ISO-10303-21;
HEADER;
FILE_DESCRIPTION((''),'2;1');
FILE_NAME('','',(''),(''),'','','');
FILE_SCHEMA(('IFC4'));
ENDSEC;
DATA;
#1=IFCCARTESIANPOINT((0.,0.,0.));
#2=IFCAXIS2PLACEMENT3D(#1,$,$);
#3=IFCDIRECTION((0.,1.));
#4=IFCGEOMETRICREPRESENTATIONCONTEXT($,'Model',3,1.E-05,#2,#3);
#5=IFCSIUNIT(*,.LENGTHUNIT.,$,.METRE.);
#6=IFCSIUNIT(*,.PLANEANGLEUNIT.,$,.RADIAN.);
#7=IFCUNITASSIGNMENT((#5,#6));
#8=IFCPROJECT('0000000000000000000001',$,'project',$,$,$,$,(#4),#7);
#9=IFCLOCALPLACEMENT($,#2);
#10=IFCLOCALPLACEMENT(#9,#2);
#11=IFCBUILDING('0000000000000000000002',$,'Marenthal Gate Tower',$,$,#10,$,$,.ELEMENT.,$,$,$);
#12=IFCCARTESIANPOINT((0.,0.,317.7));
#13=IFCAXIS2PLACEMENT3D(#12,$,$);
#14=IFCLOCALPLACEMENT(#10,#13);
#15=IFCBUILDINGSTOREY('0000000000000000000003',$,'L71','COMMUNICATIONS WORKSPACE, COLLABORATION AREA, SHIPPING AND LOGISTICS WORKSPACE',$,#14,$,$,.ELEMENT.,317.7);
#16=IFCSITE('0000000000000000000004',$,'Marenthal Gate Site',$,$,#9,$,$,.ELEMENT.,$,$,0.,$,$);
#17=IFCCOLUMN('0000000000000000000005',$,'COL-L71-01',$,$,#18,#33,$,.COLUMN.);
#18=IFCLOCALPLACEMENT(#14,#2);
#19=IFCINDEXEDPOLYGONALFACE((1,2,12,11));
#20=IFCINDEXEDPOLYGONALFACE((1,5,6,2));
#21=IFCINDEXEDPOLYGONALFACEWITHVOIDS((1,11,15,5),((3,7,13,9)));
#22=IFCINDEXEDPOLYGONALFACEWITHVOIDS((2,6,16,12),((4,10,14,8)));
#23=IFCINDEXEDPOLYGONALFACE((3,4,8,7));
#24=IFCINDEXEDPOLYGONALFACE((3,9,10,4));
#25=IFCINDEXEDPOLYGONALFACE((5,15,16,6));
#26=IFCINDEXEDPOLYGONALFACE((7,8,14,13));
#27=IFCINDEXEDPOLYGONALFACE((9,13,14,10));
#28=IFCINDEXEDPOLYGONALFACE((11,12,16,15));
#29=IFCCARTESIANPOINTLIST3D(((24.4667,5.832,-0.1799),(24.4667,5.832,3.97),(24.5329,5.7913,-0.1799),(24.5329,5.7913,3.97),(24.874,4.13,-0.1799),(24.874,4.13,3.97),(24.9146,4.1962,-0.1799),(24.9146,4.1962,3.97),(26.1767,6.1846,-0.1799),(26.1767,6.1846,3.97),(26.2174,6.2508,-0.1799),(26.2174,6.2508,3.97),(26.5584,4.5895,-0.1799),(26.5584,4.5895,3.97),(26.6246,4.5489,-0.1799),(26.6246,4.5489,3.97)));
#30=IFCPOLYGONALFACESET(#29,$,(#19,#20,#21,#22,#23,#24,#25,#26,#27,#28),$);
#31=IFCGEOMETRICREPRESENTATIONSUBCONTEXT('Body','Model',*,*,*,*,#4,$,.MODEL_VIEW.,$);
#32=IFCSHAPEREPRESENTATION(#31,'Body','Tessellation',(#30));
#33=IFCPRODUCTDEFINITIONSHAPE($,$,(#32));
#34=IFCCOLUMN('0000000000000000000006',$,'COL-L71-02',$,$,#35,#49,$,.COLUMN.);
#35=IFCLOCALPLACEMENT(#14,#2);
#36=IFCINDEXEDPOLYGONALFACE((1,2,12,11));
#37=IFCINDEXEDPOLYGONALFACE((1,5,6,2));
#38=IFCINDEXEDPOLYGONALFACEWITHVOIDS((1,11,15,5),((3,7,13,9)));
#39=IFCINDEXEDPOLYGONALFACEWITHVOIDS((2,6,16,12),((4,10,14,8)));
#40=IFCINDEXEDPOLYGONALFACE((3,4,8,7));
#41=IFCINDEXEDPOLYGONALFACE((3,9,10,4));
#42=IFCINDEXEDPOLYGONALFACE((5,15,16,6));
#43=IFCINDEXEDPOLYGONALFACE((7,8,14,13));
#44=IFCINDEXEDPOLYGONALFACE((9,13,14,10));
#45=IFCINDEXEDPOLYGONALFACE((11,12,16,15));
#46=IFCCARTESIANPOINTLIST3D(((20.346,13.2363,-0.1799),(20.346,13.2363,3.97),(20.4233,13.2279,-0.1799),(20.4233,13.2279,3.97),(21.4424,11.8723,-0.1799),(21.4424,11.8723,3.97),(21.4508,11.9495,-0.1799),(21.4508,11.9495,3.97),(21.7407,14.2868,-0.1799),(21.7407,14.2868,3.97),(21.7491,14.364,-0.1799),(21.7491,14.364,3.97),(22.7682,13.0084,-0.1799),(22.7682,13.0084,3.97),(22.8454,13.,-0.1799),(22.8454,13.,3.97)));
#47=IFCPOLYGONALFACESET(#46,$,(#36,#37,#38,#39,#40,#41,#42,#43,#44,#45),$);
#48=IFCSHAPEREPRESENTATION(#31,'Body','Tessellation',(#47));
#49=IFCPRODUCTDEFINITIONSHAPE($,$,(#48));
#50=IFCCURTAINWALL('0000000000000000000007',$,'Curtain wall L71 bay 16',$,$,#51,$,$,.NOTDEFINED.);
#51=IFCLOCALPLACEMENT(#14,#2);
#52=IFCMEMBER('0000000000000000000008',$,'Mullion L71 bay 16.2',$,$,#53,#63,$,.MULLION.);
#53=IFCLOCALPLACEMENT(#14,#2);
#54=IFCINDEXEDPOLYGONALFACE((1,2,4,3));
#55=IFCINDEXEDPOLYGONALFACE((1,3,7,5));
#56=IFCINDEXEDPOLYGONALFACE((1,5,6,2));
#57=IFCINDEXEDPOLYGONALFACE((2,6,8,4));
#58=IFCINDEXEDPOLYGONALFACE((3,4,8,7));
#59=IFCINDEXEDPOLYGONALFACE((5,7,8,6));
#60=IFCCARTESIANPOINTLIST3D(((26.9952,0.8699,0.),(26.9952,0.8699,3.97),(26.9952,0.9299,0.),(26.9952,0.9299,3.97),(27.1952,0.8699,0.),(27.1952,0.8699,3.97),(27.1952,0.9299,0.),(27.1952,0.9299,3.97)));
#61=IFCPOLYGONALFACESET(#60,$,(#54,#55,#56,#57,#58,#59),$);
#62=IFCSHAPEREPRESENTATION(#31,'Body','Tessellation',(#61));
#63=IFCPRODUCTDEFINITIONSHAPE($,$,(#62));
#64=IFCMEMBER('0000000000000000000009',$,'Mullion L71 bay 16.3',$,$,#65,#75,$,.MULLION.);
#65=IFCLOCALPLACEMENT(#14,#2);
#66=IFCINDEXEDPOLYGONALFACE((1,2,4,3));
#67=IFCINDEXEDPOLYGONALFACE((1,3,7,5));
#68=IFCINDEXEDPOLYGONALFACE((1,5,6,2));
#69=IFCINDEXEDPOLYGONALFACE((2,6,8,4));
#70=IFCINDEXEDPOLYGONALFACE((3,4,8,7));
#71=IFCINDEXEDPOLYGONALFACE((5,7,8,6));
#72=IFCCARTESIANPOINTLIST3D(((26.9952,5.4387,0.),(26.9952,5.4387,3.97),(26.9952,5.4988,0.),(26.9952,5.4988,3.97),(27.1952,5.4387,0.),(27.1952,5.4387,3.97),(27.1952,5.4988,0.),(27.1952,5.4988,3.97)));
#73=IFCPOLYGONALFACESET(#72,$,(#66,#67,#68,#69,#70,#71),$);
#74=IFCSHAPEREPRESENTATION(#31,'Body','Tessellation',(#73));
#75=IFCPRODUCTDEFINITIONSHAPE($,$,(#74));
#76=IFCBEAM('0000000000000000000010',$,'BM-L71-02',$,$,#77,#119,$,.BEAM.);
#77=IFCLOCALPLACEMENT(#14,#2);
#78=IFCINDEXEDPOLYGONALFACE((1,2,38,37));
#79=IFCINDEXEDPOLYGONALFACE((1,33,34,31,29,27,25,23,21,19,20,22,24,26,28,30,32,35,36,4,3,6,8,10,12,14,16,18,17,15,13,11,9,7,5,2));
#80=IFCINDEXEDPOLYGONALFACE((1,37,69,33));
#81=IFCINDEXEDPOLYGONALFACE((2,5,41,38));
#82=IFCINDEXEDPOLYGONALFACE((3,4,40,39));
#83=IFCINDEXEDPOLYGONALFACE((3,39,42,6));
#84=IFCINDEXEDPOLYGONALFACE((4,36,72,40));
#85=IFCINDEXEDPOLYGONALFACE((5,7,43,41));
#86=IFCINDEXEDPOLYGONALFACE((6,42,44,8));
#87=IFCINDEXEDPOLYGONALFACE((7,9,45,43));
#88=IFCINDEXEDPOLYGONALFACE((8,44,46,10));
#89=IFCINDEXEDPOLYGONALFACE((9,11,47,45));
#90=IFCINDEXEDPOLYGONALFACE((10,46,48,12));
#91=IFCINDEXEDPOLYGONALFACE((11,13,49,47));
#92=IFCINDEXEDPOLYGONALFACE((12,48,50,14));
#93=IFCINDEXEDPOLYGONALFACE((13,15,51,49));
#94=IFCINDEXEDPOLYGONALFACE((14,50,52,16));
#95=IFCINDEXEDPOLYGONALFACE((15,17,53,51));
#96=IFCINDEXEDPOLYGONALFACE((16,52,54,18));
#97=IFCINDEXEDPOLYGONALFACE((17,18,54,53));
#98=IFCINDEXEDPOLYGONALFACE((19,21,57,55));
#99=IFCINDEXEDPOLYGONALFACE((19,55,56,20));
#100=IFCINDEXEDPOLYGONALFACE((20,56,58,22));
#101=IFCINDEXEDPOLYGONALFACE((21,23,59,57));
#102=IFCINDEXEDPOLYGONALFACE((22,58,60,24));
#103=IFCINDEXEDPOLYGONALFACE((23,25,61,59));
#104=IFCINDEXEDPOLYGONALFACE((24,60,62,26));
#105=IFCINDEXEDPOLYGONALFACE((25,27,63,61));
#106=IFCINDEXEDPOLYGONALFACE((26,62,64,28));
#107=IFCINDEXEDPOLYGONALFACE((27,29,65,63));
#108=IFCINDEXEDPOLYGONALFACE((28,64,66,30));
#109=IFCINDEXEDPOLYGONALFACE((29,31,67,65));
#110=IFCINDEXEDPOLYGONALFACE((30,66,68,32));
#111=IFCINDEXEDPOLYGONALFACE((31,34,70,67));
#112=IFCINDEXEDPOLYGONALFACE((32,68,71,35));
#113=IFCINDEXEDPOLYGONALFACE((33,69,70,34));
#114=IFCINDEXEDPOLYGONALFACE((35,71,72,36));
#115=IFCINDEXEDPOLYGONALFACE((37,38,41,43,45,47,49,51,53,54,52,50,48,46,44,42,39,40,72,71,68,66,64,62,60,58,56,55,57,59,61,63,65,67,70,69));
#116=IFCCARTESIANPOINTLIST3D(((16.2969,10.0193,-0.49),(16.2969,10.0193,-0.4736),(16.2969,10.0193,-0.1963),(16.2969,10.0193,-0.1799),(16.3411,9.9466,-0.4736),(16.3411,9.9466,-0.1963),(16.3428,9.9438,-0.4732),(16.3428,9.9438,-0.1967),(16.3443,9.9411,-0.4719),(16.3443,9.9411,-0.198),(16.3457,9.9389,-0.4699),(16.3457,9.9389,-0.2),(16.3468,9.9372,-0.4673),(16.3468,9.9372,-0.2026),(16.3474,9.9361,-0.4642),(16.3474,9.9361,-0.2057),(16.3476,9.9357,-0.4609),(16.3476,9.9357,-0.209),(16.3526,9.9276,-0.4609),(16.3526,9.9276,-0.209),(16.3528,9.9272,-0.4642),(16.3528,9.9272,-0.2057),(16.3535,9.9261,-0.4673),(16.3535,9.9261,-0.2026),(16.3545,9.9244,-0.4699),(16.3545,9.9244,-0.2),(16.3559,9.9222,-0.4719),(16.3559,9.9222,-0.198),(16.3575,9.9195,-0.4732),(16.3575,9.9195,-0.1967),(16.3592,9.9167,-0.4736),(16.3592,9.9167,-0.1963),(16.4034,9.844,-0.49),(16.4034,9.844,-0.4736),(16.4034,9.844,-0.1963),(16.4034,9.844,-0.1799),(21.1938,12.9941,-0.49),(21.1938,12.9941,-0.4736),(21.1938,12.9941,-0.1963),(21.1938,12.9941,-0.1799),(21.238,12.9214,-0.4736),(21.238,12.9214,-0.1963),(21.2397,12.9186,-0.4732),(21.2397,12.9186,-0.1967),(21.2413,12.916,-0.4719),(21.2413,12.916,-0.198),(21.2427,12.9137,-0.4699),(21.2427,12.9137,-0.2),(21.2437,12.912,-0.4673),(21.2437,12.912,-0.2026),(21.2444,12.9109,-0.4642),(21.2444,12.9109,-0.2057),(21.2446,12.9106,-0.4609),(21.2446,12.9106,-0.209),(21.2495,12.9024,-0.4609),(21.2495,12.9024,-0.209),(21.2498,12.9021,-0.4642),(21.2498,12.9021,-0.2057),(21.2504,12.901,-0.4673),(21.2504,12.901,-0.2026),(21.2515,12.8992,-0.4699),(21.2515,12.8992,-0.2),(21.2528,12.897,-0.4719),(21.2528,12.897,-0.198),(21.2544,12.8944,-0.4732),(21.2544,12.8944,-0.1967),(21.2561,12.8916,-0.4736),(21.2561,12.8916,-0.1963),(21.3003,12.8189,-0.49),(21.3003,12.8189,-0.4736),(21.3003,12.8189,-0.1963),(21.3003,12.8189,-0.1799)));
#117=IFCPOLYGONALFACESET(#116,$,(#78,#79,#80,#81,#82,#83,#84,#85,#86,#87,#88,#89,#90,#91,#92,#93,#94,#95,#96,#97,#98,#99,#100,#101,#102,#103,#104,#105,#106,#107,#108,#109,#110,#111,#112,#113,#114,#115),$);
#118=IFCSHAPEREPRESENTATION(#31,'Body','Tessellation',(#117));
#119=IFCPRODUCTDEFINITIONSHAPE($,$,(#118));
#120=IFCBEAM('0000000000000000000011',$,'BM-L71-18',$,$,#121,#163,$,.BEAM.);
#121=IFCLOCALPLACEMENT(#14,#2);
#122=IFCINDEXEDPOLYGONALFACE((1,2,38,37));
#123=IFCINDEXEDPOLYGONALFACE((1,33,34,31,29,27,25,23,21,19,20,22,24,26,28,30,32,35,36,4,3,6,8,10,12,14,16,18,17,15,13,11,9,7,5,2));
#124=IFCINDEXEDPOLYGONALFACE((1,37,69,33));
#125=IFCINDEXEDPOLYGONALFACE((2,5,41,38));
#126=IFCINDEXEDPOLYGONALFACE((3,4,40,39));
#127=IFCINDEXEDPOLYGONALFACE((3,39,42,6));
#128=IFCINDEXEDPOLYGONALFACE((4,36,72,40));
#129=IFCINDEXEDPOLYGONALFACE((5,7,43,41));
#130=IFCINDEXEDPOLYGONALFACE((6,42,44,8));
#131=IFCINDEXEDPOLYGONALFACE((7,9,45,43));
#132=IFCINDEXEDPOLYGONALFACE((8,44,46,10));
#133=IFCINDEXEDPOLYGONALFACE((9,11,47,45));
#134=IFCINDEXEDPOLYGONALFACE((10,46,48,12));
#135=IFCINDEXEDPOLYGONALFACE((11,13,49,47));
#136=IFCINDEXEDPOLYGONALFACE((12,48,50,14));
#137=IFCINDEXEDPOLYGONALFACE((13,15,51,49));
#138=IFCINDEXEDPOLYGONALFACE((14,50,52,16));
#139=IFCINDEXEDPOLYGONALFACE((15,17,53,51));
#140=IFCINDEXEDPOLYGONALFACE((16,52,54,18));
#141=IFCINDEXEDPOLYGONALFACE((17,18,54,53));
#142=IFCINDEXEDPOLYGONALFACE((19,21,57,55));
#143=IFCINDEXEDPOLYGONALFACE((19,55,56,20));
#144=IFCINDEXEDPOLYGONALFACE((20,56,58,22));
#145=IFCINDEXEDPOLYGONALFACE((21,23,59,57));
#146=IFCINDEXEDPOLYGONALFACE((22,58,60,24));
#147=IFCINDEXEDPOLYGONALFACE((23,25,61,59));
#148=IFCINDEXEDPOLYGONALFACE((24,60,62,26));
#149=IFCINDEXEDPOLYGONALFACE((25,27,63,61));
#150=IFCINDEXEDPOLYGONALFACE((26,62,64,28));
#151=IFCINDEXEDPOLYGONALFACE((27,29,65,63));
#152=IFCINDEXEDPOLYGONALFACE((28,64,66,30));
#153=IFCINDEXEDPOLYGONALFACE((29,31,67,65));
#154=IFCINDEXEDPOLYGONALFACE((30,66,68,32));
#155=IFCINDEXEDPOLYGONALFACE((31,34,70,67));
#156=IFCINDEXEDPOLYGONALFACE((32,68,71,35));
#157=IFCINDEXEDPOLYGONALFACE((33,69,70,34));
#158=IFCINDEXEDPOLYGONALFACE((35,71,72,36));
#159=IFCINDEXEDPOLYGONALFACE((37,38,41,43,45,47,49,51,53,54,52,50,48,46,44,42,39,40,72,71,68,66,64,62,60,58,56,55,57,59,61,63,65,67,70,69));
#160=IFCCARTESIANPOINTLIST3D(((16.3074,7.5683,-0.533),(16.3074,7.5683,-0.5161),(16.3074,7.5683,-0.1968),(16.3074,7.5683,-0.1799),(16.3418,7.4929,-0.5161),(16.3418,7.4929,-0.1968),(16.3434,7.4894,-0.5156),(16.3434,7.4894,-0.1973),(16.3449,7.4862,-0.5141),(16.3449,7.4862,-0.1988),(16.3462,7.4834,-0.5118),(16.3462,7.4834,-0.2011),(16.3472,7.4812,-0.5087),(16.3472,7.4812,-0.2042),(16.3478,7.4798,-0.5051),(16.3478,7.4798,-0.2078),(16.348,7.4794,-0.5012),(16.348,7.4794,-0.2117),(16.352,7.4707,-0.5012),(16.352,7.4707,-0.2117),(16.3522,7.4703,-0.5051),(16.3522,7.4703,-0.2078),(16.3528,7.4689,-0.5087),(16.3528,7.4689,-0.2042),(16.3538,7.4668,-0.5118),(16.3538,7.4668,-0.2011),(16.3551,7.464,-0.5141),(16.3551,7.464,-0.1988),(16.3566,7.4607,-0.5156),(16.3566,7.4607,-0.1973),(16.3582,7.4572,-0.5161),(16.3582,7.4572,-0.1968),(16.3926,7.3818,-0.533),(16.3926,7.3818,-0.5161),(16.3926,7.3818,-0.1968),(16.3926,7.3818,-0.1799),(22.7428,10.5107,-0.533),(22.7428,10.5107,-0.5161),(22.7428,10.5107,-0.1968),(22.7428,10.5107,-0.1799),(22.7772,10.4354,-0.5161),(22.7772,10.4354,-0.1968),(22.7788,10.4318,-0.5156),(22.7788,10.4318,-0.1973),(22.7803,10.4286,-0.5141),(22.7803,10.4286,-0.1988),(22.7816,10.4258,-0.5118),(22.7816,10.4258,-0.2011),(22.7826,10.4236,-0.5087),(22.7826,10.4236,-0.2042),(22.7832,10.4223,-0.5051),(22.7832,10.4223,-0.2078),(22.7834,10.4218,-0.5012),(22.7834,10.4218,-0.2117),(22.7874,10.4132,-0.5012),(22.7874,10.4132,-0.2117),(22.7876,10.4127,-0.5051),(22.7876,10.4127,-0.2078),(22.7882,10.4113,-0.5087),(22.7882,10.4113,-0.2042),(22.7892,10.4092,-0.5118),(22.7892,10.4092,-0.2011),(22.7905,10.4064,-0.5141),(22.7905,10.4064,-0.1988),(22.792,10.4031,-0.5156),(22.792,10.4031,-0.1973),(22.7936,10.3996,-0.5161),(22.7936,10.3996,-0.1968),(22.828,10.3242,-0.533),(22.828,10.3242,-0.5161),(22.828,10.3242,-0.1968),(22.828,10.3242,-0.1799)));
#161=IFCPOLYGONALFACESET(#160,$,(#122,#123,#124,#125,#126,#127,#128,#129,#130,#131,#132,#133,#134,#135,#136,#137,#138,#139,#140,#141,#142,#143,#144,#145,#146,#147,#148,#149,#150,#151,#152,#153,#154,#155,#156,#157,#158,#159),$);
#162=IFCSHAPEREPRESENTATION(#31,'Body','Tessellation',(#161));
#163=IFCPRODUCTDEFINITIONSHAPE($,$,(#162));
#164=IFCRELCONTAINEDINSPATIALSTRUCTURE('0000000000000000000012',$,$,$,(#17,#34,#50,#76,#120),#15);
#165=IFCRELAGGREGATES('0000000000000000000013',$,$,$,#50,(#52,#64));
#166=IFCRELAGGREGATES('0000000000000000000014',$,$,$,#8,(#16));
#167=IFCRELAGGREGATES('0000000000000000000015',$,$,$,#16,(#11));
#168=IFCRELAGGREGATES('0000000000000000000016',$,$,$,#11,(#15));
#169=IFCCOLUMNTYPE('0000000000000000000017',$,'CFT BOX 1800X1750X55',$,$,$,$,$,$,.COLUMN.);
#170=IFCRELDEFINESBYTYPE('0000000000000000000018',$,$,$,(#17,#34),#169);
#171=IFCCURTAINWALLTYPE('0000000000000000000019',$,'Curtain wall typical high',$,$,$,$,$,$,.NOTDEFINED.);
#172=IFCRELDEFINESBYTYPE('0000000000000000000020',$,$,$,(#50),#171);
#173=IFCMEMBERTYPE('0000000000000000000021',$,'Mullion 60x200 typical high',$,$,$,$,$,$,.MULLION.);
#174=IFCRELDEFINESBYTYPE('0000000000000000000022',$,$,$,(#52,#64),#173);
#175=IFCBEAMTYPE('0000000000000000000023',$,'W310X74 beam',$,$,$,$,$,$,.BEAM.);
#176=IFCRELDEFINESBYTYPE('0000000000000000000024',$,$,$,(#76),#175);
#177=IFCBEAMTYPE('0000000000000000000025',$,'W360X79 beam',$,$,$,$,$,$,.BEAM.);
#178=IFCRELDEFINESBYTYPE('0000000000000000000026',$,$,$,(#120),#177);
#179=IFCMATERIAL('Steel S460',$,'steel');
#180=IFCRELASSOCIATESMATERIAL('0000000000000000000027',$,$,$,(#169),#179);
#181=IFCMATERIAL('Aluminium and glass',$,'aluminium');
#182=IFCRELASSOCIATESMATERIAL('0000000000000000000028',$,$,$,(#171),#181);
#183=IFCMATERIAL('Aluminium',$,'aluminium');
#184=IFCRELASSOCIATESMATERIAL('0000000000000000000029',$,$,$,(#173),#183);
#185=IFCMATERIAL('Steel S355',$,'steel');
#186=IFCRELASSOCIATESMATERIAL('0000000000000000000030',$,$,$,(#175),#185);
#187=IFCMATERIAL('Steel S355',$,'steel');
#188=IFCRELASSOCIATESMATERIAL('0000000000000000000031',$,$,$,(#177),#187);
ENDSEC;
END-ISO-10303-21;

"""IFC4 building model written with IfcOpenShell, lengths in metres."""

from ifc_helpers import new_model, si_unit, direction, frame, origin, origin_2d, place, context, subcontext, project, spatial, rectangle, hollow_rectangle, i_section, extrude, material, material_profile, profile_set, type_object, element, aggregate, save


model = new_model("IFC4")

# Units and contexts
model_context = context("Model", 3, precision=1e-05, world=origin(), true_north=direction((0.0, 1.0)))
body_context = subcontext(model_context, "Body", "Model", "MODEL_VIEW")
ifc_project = project(units=[si_unit("LENGTHUNIT", "METRE"), si_unit("PLANEANGLEUNIT", "RADIAN")], contexts=[model_context])

# Site, building, storey
site_placement = place(None, origin())
site = spatial("IfcSite", under=ifc_project, at=site_placement, Name="Marenthal Gate Site", CompositionType="ELEMENT", RefElevation=0.0)
building_placement = place(site_placement, origin())
building = spatial("IfcBuilding", under=site, at=building_placement, Name="Marenthal Gate Tower", CompositionType="ELEMENT")
storey_placement = place(building_placement, frame((0.0, 0.0, 317.7)))
storey = spatial("IfcBuildingStorey", under=building, at=storey_placement, Name="L71", Description="COMMUNICATIONS WORKSPACE, COLLABORATION AREA, SHIPPING AND LOGISTICS WORKSPACE", CompositionType="ELEMENT", Elevation=317.7)

# Columns
ifc_material_1 = material(Name="Steel S460", Category="steel")
ifc_material_profile_1 = material_profile(ifc_material_1, hollow_rectangle(XDim=1.75, YDim=1.8, WallThickness=0.0549, at=origin_2d()), Name="CFT BOX 1800X1750X55")
ifc_material_2 = material(Name="Concrete 70 MPa", Category="concrete")
ifc_material_profile_2 = material_profile(ifc_material_2, rectangle(XDim=1.6399, YDim=1.6899, at=origin_2d()), Name="CFT BOX 1800X1750X55 INFILL")
ifc_profile_set_1 = profile_set([ifc_material_profile_1, ifc_material_profile_2], Name="Steel S460 shell, Concrete 70 MPa infill")
column_type = type_object("IfcColumnType", Name="CFT BOX 1800X1750X55", PredefinedType="COLUMN", material=ifc_profile_set_1)
for number, where, z_axis, x_axis, name in (
    (1, (25.5457, 5.1904, -0.1799), (0.0, 0.0, 1.0), (0.232702, -0.972548, 0.0), "COL-L71-01"),
    (2, (21.5957, 13.1182, -0.1799), (0.0, 0.0, 1.0), (0.626475, -0.779442, 0.0), "COL-L71-02"),
):
    element("IfcColumn", number, at=place(storey_placement, frame(where, z_axis=z_axis, x_axis=x_axis)), inside=storey, type_object=column_type, Name=name, PredefinedType="COLUMN", context=body_context, shape_type="SweptSolid", body=[
        extrude(hollow_rectangle(XDim=1.75, YDim=1.8, WallThickness=0.0549, at=origin_2d()), origin(), (0.0, 0.0, 1.0), 4.1499),
    ])

# Curtain wall, members
ifc_material_3 = material(Name="Aluminium and glass", Category="aluminium")
curtain_wall_type = type_object("IfcCurtainWallType", Name="Curtain wall typical high", PredefinedType="NOTDEFINED", material=ifc_material_3)
curtain_wall_placement = place(storey_placement, origin())
curtain_wall = element("IfcCurtainWall", 3, at=curtain_wall_placement, inside=storey, type_object=curtain_wall_type, Name="Curtain wall L71 bay 16", PredefinedType="NOTDEFINED")
ifc_material_4 = material(Name="Aluminium", Category="aluminium")
ifc_material_profile_3 = material_profile(ifc_material_4, rectangle(XDim=0.2, YDim=0.0601, at=origin_2d()), Name="60x200 aluminium mullion")
ifc_profile_set_2 = profile_set([ifc_material_profile_3], Name="Aluminium")
member_type = type_object("IfcMemberType", Name="Mullion 60x200 typical high", PredefinedType="MULLION", material=ifc_profile_set_2)
member_1_placement = place(storey_placement, frame((27.0952, 0.8999, 0.0), z_axis=(0.0, 0.0, 1.0), x_axis=(-1.0, 0.0, 0.0)))
member_1 = element("IfcMember", 4, at=member_1_placement, type_object=member_type, Name="Mullion L71 bay 16.2", PredefinedType="MULLION", context=body_context, shape_type="SweptSolid", body=[
    extrude(rectangle(XDim=0.2, YDim=0.0601, at=origin_2d()), origin(), (0.0, 0.0, 1.0), 3.97),
])
member_2_placement = place(storey_placement, frame((27.0952, 5.4688, 0.0), z_axis=(0.0, 0.0, 1.0), x_axis=(-1.0, 0.0, 0.0)))
member_2 = element("IfcMember", 5, at=member_2_placement, type_object=member_type, Name="Mullion L71 bay 16.3", PredefinedType="MULLION", context=body_context, shape_type="SweptSolid", body=[
    extrude(rectangle(XDim=0.2, YDim=0.0601, at=origin_2d()), origin(), (0.0, 0.0, 1.0), 3.97),
])

# Beams
ifc_material_5 = material(Name="Steel S355", Category="steel")
ifc_material_profile_4 = material_profile(ifc_material_5, i_section(OverallWidth=0.2051, OverallDepth=0.3101, WebThickness=0.0095, FlangeThickness=0.0164, FilletRadius=0.0127, at=origin_2d()), Name="W310X74")
ifc_profile_set_3 = profile_set([ifc_material_profile_4], Name="Steel S355")
beam_type_1 = type_object("IfcBeamType", Name="W310X74 beam", PredefinedType="BEAM", material=ifc_profile_set_3)
beam_1_placement = place(storey_placement, frame((21.2471, 12.9065, -0.335), z_axis=(-0.854657, -0.519194, 0.0), x_axis=(0.519194, -0.854657, 0.0)))
element("IfcBeam", 6, at=beam_1_placement, inside=storey, type_object=beam_type_1, Name="BM-L71-02", PredefinedType="BEAM", context=body_context, shape_type="SweptSolid", body=[
    extrude(i_section(OverallWidth=0.2051, OverallDepth=0.3101, WebThickness=0.0095, FlangeThickness=0.0164, FilletRadius=0.0127, at=origin_2d()), origin(), (0.0, 0.0, 1.0), 5.7297),
])
ifc_material_6 = material(Name="Steel S355", Category="steel")
ifc_material_profile_5 = material_profile(ifc_material_6, i_section(OverallWidth=0.2051, OverallDepth=0.353, WebThickness=0.0095, FlangeThickness=0.0168, FilletRadius=0.0149, at=origin_2d()), Name="W360X79")
ifc_profile_set_4 = profile_set([ifc_material_profile_5], Name="Steel S355")
beam_type_2 = type_object("IfcBeamType", Name="W360X79 beam", PredefinedType="BEAM", material=ifc_profile_set_4)
beam_2_placement = place(storey_placement, frame((22.7854, 10.4175, -0.3564), z_axis=(-0.909446, -0.415822, 0.0), x_axis=(0.415822, -0.909446, 0.0)))
element("IfcBeam", 7, at=beam_2_placement, inside=storey, type_object=beam_type_2, Name="BM-L71-18", PredefinedType="BEAM", context=body_context, shape_type="SweptSolid", body=[
    extrude(i_section(OverallWidth=0.2051, OverallDepth=0.353, WebThickness=0.0095, FlangeThickness=0.0168, FilletRadius=0.0149, at=origin_2d()), origin(), (0.0, 0.0, 1.0), 7.0762),
])

aggregate(curtain_wall, [member_1, member_2])

save(model, "model.ifc")
